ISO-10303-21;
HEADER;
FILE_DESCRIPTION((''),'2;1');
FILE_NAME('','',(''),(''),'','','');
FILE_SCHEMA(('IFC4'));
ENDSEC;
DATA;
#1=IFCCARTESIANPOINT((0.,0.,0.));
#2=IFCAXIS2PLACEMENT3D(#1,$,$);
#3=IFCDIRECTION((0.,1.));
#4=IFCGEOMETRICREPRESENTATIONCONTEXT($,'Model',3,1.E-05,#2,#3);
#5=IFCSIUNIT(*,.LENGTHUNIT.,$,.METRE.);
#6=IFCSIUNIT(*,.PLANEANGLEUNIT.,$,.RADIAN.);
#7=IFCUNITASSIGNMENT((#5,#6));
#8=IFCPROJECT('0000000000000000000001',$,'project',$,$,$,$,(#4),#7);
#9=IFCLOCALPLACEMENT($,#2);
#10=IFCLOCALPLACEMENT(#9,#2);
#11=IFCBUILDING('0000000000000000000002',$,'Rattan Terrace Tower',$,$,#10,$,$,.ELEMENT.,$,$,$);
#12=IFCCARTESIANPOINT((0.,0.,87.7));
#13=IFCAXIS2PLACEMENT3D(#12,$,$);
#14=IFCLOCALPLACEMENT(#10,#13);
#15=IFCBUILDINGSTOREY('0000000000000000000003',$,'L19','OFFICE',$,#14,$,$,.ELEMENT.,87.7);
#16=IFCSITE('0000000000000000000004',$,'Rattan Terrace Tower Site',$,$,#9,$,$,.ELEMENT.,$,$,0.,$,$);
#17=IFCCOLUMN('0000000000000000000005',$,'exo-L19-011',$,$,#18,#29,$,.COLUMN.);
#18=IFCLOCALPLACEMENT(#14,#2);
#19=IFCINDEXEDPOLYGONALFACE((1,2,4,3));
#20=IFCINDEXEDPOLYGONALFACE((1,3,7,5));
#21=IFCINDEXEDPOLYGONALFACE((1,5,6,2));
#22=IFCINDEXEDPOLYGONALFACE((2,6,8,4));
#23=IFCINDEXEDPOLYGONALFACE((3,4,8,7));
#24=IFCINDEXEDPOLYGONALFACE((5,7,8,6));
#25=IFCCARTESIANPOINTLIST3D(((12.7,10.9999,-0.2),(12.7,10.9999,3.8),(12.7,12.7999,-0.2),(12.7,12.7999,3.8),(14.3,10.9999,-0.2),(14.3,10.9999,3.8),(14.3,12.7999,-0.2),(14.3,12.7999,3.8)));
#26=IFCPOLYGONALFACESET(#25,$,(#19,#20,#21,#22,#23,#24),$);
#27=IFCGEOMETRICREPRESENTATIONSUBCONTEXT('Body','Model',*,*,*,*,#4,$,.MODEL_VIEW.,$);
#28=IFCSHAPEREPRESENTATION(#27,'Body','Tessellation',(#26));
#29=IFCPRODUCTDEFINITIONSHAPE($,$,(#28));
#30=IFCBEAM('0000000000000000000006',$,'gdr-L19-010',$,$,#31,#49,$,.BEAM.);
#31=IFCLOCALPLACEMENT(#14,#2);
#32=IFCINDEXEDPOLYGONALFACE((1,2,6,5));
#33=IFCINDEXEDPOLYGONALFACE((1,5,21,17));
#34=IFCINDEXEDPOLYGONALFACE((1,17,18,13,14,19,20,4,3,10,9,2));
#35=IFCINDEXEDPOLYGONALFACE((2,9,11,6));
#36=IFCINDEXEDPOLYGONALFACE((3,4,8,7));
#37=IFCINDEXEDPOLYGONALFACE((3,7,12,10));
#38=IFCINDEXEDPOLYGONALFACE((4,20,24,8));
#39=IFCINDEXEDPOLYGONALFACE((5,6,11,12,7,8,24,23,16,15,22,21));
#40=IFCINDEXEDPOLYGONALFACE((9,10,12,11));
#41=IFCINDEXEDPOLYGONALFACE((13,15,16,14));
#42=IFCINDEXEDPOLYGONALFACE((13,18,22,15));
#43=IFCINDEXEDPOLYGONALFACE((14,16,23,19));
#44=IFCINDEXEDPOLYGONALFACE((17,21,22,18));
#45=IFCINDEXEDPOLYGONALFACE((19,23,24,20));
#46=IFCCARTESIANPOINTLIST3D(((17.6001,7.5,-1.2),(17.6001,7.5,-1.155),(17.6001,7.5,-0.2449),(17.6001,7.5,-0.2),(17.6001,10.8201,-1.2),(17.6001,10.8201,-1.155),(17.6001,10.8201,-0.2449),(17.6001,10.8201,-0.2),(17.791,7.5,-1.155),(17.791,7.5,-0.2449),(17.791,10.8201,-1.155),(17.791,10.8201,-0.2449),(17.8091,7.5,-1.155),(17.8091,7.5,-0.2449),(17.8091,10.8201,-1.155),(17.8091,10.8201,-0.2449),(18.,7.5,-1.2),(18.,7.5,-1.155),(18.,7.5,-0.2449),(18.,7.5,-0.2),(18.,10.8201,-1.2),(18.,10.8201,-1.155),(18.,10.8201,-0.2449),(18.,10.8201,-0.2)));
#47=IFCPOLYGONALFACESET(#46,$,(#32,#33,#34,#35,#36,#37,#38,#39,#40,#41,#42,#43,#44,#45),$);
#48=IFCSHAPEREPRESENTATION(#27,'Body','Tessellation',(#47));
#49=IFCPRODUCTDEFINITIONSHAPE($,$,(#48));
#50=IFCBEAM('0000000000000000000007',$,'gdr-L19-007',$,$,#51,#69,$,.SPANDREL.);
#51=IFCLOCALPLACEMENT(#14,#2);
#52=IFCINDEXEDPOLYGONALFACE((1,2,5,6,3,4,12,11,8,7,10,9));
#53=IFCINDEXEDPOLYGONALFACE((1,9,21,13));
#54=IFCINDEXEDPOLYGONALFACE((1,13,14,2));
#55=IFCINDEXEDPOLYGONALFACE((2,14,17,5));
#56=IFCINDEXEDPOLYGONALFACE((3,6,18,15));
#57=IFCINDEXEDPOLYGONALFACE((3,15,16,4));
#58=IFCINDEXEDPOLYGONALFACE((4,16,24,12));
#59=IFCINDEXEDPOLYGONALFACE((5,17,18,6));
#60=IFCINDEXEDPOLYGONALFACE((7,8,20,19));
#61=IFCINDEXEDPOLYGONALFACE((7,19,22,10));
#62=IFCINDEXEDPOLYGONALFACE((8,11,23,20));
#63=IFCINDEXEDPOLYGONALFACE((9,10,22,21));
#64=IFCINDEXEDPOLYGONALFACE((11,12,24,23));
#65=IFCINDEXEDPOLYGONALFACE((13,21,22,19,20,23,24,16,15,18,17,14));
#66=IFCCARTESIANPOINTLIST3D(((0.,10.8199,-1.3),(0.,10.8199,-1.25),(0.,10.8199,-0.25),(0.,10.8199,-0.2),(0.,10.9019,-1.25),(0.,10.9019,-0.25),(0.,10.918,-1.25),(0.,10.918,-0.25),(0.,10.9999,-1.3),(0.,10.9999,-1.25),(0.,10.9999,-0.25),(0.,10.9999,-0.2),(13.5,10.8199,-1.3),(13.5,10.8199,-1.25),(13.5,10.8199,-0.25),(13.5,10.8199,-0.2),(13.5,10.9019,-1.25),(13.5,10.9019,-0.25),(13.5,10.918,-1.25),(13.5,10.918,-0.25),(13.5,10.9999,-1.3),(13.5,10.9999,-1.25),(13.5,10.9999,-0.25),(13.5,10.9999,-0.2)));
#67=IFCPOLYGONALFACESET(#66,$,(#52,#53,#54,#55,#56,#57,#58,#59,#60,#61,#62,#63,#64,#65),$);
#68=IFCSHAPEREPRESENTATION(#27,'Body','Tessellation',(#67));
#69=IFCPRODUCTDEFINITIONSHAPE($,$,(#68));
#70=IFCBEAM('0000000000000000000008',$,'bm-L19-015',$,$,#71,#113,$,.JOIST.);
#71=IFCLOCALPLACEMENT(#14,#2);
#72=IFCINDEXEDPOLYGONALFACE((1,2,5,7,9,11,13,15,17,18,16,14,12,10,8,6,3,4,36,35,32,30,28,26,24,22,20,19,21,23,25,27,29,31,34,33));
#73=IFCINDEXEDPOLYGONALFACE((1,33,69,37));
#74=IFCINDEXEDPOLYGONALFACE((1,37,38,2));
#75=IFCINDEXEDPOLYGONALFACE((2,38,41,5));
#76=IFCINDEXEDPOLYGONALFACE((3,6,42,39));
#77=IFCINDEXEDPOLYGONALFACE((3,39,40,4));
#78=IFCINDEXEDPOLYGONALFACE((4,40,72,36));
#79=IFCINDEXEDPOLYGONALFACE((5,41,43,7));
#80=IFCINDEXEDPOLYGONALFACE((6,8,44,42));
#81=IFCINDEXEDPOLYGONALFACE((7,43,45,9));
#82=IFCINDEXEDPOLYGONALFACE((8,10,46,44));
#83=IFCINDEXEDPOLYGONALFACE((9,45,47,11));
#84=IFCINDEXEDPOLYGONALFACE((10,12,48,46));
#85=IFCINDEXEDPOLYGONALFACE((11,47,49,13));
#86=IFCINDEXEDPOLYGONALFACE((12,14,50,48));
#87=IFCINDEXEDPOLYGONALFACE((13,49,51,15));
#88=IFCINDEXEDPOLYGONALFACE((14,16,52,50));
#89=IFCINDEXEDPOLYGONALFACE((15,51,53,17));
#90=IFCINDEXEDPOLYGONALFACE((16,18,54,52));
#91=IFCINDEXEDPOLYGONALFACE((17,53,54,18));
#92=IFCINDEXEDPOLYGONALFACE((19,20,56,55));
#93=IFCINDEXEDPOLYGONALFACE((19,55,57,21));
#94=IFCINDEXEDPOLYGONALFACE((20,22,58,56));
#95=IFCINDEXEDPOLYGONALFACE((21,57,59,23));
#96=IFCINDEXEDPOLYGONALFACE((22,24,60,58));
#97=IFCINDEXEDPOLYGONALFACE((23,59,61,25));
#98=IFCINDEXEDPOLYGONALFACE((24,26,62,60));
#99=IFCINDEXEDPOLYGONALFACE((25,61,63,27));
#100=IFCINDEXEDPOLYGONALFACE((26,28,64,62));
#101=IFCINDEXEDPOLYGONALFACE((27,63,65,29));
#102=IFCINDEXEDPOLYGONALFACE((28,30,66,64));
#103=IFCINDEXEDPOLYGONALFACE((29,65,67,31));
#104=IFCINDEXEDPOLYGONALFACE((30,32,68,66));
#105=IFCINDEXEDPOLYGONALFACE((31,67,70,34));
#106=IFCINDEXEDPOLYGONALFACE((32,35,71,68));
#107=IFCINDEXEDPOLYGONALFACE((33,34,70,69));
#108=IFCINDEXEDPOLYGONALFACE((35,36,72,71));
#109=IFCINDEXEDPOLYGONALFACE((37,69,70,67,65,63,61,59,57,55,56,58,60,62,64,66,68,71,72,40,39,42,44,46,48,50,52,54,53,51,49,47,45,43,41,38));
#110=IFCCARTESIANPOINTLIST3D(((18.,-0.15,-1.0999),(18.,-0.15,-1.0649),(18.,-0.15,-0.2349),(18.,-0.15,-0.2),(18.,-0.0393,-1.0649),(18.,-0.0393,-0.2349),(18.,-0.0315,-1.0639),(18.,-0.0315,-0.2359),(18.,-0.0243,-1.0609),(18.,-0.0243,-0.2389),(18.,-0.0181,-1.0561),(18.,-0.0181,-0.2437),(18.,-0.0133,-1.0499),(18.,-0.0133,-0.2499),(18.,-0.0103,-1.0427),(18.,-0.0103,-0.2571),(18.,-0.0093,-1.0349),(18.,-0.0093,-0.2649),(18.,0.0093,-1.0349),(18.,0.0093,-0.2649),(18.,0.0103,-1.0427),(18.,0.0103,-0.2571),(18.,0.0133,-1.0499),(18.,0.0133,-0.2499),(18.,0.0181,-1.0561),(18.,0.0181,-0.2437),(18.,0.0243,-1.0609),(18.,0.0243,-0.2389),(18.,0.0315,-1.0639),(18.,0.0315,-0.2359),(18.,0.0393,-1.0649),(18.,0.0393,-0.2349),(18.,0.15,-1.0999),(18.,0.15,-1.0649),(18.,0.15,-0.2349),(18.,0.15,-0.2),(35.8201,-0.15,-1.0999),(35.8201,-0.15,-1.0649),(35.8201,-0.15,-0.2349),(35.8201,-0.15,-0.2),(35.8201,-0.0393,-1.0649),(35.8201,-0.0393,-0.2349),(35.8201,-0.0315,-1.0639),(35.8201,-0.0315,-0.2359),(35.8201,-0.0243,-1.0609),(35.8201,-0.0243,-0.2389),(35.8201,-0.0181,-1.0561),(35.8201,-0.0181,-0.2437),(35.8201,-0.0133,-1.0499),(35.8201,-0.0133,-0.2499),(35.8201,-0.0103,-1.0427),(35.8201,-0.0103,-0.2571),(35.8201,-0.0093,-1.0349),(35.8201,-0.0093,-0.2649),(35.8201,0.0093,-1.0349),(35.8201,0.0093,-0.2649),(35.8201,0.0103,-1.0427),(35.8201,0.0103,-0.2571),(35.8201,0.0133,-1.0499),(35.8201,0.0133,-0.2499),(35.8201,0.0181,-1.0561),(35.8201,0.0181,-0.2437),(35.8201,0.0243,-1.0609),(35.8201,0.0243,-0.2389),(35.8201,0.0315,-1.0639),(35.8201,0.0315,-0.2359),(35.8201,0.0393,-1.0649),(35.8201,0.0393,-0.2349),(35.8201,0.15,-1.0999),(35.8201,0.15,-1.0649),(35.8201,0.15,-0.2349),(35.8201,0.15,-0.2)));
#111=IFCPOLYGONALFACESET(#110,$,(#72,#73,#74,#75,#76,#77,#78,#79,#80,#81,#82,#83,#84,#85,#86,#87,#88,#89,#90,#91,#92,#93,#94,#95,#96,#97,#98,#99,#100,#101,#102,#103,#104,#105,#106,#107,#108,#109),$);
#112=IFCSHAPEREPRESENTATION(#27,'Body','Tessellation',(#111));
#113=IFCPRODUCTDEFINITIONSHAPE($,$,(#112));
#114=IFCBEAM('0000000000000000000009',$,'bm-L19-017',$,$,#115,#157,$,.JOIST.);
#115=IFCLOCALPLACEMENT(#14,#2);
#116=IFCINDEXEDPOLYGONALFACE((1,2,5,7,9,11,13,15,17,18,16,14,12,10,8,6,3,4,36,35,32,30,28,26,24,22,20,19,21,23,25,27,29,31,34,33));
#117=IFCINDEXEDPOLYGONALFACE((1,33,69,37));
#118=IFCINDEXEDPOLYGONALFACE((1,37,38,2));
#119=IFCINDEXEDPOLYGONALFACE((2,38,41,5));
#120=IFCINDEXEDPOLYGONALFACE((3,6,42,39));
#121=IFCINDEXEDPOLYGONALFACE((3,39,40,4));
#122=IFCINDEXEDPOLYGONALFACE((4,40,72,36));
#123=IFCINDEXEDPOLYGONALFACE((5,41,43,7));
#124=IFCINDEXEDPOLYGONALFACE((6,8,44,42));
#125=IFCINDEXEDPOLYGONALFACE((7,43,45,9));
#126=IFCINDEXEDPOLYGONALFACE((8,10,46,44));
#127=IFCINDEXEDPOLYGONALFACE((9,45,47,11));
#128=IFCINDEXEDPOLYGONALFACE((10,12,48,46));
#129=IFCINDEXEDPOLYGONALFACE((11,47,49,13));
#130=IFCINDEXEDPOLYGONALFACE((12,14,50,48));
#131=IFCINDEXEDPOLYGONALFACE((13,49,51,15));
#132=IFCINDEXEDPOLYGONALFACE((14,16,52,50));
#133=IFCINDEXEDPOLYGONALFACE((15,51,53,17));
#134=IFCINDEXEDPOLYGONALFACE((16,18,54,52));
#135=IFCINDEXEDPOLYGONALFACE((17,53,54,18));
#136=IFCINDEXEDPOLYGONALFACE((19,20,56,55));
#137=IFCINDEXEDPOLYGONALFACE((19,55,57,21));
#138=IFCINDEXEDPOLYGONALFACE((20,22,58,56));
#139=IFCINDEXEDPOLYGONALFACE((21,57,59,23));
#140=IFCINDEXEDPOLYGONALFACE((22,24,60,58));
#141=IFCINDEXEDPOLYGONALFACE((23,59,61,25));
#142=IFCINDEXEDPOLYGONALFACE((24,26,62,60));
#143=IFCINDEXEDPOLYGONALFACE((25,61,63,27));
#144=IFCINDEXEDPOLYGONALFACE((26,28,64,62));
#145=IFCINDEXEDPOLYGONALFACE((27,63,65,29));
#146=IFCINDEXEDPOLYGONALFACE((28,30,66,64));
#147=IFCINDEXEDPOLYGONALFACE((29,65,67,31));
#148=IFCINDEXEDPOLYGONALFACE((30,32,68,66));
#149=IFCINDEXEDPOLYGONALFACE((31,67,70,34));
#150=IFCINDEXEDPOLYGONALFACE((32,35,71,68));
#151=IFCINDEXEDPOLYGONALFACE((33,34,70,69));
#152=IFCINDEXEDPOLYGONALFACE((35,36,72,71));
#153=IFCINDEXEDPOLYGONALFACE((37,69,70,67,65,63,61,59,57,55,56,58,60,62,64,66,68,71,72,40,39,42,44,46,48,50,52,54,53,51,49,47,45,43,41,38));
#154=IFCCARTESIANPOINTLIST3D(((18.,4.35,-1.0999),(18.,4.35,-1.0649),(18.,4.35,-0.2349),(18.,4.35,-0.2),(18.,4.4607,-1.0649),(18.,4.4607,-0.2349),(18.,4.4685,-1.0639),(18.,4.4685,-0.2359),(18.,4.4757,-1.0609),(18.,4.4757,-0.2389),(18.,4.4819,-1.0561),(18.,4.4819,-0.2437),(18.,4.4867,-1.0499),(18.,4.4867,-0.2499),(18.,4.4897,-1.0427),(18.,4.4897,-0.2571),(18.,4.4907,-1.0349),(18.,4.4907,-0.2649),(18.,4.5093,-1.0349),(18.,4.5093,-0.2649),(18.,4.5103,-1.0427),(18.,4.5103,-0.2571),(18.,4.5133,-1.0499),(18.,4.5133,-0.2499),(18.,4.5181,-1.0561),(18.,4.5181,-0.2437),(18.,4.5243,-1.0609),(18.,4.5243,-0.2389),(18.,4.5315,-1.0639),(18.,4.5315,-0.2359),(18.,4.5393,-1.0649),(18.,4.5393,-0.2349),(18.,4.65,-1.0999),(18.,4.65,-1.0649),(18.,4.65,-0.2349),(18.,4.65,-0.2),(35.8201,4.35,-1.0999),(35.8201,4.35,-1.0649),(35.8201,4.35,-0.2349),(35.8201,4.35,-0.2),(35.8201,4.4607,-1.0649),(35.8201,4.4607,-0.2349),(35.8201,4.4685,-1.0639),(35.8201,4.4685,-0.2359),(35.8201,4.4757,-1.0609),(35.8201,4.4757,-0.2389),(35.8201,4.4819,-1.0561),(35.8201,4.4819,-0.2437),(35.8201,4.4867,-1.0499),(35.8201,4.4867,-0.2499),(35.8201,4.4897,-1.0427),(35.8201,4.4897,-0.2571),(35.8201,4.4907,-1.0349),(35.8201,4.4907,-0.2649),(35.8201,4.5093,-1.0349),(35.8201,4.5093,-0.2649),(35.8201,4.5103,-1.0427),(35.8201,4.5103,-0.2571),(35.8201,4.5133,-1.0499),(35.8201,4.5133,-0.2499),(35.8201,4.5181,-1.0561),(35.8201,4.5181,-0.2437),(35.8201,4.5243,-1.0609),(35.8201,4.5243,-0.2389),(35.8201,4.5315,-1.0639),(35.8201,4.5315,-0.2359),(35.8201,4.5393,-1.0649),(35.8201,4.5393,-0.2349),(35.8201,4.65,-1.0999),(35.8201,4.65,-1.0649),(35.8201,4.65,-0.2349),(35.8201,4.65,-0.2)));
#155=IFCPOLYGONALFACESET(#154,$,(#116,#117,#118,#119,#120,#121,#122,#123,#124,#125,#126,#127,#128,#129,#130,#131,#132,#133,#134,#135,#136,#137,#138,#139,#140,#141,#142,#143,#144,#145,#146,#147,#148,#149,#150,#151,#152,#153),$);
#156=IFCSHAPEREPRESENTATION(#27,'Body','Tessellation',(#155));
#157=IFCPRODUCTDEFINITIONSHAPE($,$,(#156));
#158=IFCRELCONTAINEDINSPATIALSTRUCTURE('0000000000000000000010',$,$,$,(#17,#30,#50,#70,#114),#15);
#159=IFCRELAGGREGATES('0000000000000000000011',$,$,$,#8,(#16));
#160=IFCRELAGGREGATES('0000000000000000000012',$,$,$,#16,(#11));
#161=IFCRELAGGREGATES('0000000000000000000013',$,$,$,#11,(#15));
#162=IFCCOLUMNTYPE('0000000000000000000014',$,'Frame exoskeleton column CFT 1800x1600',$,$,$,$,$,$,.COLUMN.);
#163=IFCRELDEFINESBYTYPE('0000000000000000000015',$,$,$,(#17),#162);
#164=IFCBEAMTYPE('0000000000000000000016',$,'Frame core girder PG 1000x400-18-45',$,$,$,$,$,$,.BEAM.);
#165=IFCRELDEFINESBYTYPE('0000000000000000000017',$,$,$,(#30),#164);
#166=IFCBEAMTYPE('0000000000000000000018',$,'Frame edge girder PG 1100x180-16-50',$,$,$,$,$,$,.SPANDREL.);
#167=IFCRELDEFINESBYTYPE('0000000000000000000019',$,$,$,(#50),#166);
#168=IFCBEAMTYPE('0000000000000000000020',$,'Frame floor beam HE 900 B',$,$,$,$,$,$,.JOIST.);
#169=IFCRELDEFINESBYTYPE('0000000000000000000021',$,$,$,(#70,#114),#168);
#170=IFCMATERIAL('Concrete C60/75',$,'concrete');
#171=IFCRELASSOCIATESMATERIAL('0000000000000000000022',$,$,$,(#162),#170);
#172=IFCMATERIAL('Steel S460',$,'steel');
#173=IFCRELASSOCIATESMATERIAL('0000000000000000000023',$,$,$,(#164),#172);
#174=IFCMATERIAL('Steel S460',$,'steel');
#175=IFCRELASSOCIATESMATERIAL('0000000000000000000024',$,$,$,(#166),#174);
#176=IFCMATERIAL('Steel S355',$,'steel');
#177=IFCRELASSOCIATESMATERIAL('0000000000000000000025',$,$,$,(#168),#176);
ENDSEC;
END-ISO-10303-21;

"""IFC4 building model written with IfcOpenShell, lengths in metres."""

from ifc_helpers import new_model, si_unit, direction, frame, origin, origin_2d, place, context, subcontext, project, spatial, rectangle, i_section, extrude, material, material_profile, profile_set, type_object, element, save


model = new_model("IFC4")

# Units and contexts
model_context = context("Model", 3, precision=1e-05, world=origin(), true_north=direction((0.0, 1.0)))
body_context = subcontext(model_context, "Body", "Model", "MODEL_VIEW")
ifc_project = project(units=[si_unit("LENGTHUNIT", "METRE"), si_unit("PLANEANGLEUNIT", "RADIAN")], contexts=[model_context])

# Site, building, storey
site_placement = place(None, origin())
site = spatial("IfcSite", under=ifc_project, at=site_placement, Name="Rattan Terrace Tower Site", CompositionType="ELEMENT", RefElevation=0.0)
building_placement = place(site_placement, origin())
building = spatial("IfcBuilding", under=site, at=building_placement, Name="Rattan Terrace Tower", CompositionType="ELEMENT")
storey_placement = place(building_placement, frame((0.0, 0.0, 87.7)))
storey = spatial("IfcBuildingStorey", under=building, at=storey_placement, Name="L19", Description="OFFICE", CompositionType="ELEMENT", Elevation=87.7)

# Column
ifc_material_1 = material(Name="Concrete C60/75", Category="concrete")
ifc_material_profile_1 = material_profile(ifc_material_1, rectangle(XDim=1.6001, YDim=1.8, at=origin_2d()), Name="CFT 1800x1600")
ifc_profile_set_1 = profile_set([ifc_material_profile_1], Name="Concrete C60/75")
column_type = type_object("IfcColumnType", Name="Frame exoskeleton column CFT 1800x1600", PredefinedType="COLUMN", material=ifc_profile_set_1)
column_placement = place(storey_placement, frame((13.5, 11.8999, -0.2), z_axis=(0.0, 0.0, 1.0), x_axis=(1.0, 0.0, 0.0)))
element("IfcColumn", 1, at=column_placement, inside=storey, type_object=column_type, Name="exo-L19-011", PredefinedType="COLUMN", context=body_context, shape_type="SweptSolid", body=[
    extrude(rectangle(XDim=1.6001, YDim=1.8, at=origin_2d()), origin(), (0.0, 0.0, 1.0), 4.0),
])

# Beams
ifc_material_2 = material(Name="Steel S460", Category="steel")
ifc_material_profile_2 = material_profile(ifc_material_2, i_section(OverallWidth=0.3999, OverallDepth=1.0, WebThickness=0.0181, FlangeThickness=0.0449, at=origin_2d()), Name="PG 1000x400-18-45")
ifc_profile_set_2 = profile_set([ifc_material_profile_2], Name="Steel S460")
beam_type_1 = type_object("IfcBeamType", Name="Frame core girder PG 1000x400-18-45", PredefinedType="BEAM", material=ifc_profile_set_2)
beam_1_placement = place(storey_placement, frame((17.8, 7.5, -0.7), z_axis=(0.0, 1.0, 0.0), x_axis=(-1.0, 0.0, 0.0)))
element("IfcBeam", 2, at=beam_1_placement, inside=storey, type_object=beam_type_1, Name="gdr-L19-010", PredefinedType="BEAM", context=body_context, shape_type="SweptSolid", body=[
    extrude(i_section(OverallWidth=0.3999, OverallDepth=1.0, WebThickness=0.0181, FlangeThickness=0.0449, at=origin_2d()), origin(), (0.0, 0.0, 1.0), 3.3201),
])
ifc_material_3 = material(Name="Steel S460", Category="steel")
ifc_material_profile_3 = material_profile(ifc_material_3, i_section(OverallWidth=0.1799, OverallDepth=1.1001, WebThickness=0.0161, FlangeThickness=0.05, at=origin_2d()), Name="PG 1100x180-16-50")
ifc_profile_set_3 = profile_set([ifc_material_profile_3], Name="Steel S460")
beam_type_2 = type_object("IfcBeamType", Name="Frame edge girder PG 1100x180-16-50", PredefinedType="SPANDREL", material=ifc_profile_set_3)
beam_2_placement = place(storey_placement, frame((13.5, 10.9099, -0.75), z_axis=(-1.0, 0.0, 0.0), x_axis=(0.0, -1.0, 0.0)))
element("IfcBeam", 3, at=beam_2_placement, inside=storey, type_object=beam_type_2, Name="gdr-L19-007", PredefinedType="SPANDREL", context=body_context, shape_type="SweptSolid", body=[
    extrude(i_section(OverallWidth=0.1799, OverallDepth=1.1001, WebThickness=0.0161, FlangeThickness=0.05, at=origin_2d()), origin(), (0.0, 0.0, 1.0), 13.5),
])
ifc_material_4 = material(Name="Steel S355", Category="steel")
ifc_material_profile_4 = material_profile(ifc_material_4, i_section(OverallWidth=0.3, OverallDepth=0.8999, WebThickness=0.0186, FlangeThickness=0.0349, FilletRadius=0.03, at=origin_2d()), Name="HE 900 B")
ifc_profile_set_4 = profile_set([ifc_material_profile_4], Name="Steel S355")
beam_type_3 = type_object("IfcBeamType", Name="Frame floor beam HE 900 B", PredefinedType="JOIST", material=ifc_profile_set_4)
for number, where, z_axis, x_axis, name in (
    (4, (18.0, 0.0, -0.6499), (1.0, 0.0, 0.0), (0.0, 1.0, 0.0), "bm-L19-015"),
    (5, (18.0, 4.5, -0.6499), (1.0, 0.0, 0.0), (0.0, 1.0, 0.0), "bm-L19-017"),
):
    element("IfcBeam", number, at=place(storey_placement, frame(where, z_axis=z_axis, x_axis=x_axis)), inside=storey, type_object=beam_type_3, Name=name, PredefinedType="JOIST", context=body_context, shape_type="SweptSolid", body=[
        extrude(i_section(OverallWidth=0.3, OverallDepth=0.8999, WebThickness=0.0186, FlangeThickness=0.0349, FilletRadius=0.03, at=origin_2d()), origin(), (0.0, 0.0, 1.0), 17.8201),
    ])

save(model, "model.ifc")
